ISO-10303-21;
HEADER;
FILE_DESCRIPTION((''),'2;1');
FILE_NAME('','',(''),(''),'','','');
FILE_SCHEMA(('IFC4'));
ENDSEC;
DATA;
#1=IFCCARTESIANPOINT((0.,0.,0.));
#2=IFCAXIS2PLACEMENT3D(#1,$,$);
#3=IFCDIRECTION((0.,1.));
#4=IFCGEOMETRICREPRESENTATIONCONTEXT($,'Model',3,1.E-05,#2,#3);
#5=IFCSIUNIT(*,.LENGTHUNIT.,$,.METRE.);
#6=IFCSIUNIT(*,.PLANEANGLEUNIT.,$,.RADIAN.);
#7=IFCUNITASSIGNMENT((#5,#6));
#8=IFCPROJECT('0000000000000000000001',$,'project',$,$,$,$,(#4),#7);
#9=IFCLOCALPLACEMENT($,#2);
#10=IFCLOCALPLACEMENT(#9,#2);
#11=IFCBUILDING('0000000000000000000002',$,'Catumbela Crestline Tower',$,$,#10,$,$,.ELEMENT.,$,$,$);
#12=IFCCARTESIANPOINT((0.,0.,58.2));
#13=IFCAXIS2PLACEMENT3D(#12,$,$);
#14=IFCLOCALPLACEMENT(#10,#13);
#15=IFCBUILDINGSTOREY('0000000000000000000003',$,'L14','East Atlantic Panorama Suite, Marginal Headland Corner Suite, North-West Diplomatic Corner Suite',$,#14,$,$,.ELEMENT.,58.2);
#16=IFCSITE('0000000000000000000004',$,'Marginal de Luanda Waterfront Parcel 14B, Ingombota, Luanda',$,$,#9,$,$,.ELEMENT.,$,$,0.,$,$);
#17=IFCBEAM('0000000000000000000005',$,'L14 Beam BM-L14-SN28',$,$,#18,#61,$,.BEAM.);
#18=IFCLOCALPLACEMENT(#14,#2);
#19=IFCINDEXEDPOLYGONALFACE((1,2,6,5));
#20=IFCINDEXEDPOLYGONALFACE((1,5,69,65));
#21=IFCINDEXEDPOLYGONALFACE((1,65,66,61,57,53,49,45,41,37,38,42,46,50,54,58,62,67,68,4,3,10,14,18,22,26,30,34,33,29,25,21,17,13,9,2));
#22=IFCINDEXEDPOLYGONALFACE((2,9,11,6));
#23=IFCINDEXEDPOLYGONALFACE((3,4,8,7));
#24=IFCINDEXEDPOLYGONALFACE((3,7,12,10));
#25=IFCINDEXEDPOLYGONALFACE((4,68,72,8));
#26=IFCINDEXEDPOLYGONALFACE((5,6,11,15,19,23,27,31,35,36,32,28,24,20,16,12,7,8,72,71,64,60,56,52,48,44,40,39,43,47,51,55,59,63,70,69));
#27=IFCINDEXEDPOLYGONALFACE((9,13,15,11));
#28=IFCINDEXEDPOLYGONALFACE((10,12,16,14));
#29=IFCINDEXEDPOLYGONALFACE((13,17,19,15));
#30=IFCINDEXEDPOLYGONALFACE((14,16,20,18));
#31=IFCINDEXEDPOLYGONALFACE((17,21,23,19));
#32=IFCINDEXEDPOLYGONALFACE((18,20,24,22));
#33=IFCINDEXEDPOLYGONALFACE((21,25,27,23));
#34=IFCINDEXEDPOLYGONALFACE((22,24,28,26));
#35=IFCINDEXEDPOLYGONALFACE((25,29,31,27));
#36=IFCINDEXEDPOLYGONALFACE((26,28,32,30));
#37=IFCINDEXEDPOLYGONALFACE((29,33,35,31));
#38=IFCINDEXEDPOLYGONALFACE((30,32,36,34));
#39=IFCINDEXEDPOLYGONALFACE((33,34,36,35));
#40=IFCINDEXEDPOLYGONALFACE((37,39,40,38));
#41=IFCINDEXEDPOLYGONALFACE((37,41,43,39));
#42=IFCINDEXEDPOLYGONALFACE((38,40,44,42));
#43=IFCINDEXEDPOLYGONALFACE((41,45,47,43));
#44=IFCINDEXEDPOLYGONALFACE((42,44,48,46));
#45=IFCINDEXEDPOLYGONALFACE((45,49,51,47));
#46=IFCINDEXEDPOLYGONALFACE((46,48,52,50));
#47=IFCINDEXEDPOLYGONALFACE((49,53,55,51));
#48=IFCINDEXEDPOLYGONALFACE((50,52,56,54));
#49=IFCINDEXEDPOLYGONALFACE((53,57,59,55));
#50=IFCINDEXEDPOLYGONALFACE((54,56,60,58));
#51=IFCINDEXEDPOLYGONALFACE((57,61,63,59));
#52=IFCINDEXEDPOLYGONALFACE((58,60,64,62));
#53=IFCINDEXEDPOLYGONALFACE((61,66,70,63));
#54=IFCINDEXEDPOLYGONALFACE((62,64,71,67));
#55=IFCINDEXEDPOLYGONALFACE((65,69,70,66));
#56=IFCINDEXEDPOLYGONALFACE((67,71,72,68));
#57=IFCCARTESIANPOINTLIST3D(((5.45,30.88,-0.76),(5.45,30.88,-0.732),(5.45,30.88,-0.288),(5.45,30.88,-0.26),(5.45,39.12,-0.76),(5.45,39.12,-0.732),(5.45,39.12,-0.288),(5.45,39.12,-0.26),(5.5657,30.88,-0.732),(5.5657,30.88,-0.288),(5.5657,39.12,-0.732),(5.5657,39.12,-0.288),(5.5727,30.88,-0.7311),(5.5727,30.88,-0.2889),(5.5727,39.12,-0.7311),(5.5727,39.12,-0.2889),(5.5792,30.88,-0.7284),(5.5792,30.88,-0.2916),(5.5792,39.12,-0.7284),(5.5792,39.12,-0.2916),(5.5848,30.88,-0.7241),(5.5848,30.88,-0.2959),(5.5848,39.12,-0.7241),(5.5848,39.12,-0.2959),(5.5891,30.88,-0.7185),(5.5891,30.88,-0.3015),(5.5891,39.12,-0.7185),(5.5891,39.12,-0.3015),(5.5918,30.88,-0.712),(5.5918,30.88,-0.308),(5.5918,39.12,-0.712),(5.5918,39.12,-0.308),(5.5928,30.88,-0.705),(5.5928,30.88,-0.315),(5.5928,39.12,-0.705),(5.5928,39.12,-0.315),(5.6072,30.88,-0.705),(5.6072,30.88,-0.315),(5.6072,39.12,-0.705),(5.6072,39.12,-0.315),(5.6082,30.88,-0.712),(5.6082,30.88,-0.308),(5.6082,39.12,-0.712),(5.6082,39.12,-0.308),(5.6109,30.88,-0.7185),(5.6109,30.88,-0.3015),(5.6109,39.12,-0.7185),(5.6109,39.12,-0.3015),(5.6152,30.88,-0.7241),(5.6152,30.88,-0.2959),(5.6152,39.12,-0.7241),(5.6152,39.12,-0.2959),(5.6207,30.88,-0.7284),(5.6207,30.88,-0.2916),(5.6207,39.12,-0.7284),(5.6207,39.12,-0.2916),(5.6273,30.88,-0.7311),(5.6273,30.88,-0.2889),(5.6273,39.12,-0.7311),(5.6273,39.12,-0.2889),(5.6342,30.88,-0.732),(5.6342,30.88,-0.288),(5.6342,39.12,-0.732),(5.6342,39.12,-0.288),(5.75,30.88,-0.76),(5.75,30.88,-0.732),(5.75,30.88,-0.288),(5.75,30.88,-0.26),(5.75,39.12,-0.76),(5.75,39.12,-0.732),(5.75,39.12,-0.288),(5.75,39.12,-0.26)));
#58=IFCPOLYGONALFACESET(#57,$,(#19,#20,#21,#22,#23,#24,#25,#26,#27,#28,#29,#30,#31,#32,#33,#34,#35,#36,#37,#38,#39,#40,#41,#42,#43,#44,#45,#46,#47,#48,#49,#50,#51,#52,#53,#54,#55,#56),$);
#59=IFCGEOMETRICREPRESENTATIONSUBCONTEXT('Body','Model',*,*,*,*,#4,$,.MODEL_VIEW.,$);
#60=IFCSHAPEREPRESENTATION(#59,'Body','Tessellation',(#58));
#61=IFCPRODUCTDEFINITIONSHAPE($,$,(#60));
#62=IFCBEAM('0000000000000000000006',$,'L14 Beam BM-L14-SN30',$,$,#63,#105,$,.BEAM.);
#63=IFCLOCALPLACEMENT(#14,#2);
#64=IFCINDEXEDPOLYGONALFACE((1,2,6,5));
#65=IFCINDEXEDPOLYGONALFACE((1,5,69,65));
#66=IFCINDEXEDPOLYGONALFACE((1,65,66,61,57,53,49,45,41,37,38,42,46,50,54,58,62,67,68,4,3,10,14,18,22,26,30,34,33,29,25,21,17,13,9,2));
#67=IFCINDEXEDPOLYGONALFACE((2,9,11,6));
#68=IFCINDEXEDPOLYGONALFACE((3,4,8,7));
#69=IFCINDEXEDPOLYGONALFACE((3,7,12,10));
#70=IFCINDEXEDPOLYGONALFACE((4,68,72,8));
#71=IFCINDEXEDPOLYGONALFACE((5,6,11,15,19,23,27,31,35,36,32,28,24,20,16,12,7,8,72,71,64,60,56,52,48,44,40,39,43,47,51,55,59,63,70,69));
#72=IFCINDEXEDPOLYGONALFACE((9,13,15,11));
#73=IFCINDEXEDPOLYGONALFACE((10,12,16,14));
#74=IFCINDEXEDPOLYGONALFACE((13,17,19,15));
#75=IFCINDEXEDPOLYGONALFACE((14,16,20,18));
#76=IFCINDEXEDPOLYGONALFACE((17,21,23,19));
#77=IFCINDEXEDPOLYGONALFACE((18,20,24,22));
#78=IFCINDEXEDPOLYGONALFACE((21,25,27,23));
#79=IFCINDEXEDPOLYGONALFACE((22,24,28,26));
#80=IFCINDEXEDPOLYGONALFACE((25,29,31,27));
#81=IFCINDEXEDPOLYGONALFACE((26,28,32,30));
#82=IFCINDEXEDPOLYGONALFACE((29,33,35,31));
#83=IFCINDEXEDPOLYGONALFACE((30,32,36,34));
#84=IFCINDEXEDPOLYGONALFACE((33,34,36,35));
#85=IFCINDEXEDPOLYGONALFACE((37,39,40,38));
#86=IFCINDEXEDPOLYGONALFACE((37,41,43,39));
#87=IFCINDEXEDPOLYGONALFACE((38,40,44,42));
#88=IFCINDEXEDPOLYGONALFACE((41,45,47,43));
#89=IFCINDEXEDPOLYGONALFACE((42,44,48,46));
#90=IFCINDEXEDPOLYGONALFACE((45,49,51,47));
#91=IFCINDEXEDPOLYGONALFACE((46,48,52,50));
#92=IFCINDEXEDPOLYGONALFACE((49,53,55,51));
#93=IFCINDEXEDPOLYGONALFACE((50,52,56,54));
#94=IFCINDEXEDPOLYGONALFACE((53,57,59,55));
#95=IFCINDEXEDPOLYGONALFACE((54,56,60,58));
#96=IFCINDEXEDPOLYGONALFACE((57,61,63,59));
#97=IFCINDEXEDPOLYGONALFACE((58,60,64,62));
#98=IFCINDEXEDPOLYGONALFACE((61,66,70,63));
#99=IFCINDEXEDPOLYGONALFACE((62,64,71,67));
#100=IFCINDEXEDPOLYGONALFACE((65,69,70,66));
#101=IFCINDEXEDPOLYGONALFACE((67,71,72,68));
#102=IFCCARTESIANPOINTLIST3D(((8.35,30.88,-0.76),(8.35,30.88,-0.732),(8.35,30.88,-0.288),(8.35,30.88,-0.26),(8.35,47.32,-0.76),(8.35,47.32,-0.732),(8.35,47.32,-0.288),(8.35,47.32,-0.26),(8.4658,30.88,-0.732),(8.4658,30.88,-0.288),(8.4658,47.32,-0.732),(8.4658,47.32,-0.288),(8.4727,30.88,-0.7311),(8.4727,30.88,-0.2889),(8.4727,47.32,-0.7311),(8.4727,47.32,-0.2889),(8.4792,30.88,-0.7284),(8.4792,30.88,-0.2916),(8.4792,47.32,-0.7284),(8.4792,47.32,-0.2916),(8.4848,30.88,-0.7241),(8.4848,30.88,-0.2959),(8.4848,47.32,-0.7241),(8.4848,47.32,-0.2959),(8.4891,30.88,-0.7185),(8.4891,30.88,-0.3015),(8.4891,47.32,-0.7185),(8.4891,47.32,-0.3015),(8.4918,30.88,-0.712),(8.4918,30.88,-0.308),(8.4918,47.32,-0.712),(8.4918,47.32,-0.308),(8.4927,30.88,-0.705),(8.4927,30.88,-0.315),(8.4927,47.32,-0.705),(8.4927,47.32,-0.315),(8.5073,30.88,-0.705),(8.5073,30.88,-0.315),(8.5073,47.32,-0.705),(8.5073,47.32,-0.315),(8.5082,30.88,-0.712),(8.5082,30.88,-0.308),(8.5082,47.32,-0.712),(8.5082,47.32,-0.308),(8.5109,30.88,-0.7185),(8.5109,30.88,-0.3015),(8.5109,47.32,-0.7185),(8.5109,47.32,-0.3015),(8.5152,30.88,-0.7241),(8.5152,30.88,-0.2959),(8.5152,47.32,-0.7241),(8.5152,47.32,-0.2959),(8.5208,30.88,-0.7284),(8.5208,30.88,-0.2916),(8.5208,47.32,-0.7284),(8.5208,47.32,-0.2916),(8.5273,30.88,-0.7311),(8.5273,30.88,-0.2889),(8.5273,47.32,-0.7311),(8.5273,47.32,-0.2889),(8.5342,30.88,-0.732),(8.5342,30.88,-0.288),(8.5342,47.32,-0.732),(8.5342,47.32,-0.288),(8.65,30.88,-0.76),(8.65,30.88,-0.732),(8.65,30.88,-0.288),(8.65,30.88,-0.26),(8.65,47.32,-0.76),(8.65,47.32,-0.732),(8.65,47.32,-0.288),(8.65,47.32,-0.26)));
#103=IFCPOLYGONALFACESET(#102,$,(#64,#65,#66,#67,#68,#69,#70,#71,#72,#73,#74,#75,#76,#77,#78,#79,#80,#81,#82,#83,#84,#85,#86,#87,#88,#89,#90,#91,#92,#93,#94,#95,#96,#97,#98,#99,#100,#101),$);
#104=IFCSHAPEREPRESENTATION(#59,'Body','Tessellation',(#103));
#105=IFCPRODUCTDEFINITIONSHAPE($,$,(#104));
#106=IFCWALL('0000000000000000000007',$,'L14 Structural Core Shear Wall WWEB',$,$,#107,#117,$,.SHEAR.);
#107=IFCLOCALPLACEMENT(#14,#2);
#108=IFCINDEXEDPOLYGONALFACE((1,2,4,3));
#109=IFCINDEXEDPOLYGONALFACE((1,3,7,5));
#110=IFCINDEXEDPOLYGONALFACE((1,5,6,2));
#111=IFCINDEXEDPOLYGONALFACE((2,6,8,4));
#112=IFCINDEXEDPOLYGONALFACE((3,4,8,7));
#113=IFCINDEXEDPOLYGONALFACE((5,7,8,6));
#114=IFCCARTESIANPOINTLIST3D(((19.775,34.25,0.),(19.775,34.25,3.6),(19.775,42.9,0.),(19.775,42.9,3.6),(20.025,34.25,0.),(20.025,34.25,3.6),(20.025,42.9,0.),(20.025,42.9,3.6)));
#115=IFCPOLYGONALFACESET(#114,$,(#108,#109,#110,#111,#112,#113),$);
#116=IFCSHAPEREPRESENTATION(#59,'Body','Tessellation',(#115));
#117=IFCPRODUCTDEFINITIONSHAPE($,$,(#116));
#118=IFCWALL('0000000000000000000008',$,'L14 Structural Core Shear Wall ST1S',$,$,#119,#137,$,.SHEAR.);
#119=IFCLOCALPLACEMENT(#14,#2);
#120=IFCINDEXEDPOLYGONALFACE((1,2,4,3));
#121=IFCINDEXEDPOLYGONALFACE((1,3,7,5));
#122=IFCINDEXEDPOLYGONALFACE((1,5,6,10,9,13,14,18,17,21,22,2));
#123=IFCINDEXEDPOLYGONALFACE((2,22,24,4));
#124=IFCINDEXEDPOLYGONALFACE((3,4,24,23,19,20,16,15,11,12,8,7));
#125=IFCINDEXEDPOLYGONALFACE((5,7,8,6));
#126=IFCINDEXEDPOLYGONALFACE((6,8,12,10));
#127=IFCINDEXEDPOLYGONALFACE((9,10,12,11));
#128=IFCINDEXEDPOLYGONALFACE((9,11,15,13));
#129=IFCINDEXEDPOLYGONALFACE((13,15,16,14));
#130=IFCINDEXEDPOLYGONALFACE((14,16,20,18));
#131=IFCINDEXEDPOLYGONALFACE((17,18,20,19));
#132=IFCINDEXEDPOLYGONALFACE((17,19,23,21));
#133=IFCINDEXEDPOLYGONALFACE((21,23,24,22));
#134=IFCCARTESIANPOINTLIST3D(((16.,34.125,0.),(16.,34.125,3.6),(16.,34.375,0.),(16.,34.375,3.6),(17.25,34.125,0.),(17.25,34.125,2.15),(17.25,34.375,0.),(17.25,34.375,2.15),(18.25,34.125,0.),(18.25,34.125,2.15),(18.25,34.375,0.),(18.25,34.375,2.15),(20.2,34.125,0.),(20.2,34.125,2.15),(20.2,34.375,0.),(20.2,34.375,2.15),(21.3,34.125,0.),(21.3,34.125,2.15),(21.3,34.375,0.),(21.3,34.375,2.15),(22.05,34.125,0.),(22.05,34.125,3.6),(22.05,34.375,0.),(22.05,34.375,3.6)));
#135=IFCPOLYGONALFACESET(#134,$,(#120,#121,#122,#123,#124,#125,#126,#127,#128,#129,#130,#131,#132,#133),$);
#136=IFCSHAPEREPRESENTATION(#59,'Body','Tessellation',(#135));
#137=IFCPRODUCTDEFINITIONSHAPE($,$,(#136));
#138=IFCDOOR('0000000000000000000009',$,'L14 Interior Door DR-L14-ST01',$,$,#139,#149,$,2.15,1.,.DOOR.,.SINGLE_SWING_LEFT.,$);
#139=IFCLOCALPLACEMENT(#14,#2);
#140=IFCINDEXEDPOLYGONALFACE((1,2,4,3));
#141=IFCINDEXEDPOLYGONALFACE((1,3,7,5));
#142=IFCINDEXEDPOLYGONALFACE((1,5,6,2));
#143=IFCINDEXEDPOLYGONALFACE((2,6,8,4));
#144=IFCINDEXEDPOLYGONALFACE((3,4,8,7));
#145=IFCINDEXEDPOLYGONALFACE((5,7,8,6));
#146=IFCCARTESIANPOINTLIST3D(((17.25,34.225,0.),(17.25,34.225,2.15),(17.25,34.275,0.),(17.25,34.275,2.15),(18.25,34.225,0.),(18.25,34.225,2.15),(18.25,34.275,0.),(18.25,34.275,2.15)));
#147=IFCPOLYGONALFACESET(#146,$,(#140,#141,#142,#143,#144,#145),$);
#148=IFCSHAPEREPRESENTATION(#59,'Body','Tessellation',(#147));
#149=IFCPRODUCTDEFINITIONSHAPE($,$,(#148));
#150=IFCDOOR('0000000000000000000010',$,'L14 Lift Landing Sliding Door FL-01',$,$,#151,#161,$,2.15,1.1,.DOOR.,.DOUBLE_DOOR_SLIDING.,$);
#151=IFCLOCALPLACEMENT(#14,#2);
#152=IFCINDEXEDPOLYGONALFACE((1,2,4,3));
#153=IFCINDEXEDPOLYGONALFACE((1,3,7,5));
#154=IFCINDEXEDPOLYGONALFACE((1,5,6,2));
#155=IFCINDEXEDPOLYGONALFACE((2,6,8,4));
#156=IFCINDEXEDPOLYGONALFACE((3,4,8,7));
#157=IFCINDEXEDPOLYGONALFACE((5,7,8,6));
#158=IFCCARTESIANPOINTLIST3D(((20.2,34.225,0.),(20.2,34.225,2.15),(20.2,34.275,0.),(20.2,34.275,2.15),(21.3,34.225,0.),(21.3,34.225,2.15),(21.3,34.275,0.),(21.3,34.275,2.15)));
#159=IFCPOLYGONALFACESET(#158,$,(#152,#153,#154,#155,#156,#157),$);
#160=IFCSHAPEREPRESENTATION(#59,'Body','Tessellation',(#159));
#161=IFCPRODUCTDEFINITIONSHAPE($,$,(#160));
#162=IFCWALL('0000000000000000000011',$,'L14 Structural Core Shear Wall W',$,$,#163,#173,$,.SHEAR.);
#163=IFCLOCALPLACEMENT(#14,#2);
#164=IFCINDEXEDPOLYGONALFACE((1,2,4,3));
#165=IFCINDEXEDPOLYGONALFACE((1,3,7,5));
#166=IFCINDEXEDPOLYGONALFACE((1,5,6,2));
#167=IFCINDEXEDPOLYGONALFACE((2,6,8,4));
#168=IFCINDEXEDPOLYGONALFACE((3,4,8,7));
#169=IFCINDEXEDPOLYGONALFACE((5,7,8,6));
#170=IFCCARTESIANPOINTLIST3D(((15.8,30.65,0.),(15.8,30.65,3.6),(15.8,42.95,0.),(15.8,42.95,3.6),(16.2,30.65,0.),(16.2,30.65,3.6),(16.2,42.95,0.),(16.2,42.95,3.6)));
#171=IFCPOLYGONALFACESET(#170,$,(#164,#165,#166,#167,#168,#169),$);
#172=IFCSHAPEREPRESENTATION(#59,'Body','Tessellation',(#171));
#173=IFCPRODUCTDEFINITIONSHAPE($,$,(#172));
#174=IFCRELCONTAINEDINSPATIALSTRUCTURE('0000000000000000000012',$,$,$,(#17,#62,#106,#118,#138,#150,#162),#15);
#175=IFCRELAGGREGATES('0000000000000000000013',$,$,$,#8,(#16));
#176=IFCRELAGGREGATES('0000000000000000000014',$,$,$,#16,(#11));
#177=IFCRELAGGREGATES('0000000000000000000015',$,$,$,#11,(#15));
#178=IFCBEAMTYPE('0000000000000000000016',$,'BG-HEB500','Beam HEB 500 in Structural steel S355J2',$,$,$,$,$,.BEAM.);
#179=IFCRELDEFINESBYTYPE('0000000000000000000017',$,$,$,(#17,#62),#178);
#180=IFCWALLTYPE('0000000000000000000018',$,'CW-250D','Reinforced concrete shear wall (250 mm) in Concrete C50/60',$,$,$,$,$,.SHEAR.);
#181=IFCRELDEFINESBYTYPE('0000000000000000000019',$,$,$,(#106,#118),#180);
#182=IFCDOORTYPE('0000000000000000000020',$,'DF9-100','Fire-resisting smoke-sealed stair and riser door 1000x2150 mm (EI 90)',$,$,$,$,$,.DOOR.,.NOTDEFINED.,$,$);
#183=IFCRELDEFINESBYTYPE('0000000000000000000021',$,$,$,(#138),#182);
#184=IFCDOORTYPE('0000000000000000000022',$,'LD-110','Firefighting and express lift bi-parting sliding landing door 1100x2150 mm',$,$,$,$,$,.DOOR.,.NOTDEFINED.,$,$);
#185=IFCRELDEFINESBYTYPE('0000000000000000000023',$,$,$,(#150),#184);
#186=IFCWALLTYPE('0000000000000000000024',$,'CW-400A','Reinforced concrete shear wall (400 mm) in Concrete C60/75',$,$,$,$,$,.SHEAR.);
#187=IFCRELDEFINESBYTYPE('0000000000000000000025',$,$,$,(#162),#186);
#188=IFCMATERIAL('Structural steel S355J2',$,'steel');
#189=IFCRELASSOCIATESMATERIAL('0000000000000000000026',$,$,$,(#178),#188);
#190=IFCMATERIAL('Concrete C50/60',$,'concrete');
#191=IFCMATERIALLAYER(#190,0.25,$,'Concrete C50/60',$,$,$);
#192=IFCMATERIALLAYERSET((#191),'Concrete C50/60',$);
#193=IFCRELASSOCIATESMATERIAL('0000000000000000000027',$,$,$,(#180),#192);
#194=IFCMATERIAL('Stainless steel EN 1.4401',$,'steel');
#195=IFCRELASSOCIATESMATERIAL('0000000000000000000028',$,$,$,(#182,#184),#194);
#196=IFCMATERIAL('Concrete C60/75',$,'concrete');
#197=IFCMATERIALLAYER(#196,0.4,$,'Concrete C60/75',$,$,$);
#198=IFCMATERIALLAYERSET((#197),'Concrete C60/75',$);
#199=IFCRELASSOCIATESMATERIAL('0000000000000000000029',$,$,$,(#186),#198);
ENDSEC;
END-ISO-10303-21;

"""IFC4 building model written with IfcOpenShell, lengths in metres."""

from ifc_helpers import new_model, si_unit, direction, frame, frame_2d, origin, origin_2d, place, context, subcontext, project, spatial, rectangle, i_section, extrude, material, layer, layer_set, material_profile, profile_set, type_object, element, fill, save


model = new_model("IFC4")

# Units and contexts
model_context = context("Model", 3, precision=1e-05, world=origin(), true_north=direction((0.0, 1.0)))
body_context = subcontext(model_context, "Body", "Model", "MODEL_VIEW")
ifc_project = project(units=[si_unit("LENGTHUNIT", "METRE"), si_unit("PLANEANGLEUNIT", "RADIAN")], contexts=[model_context])

# Site, building, storey
site_placement = place(None, origin())
site = spatial("IfcSite", under=ifc_project, at=site_placement, Name="Marginal de Luanda Waterfront Parcel 14B, Ingombota, Luanda", CompositionType="ELEMENT", RefElevation=0.0)
building_placement = place(site_placement, origin())
building = spatial("IfcBuilding", under=site, at=building_placement, Name="Catumbela Crestline Tower", CompositionType="ELEMENT")
storey_placement = place(building_placement, frame((0.0, 0.0, 58.2)))
storey = spatial("IfcBuildingStorey", under=building, at=storey_placement, Name="L14", Description="East Atlantic Panorama Suite, Marginal Headland Corner Suite, North-West Diplomatic Corner Suite", CompositionType="ELEMENT", Elevation=58.2)

# Beams
ifc_material_1 = material(Name="Structural steel S355J2", Category="steel")
ifc_material_profile_1 = material_profile(ifc_material_1, i_section(OverallWidth=0.3, OverallDepth=0.5, WebThickness=0.0145, FlangeThickness=0.028, FilletRadius=0.027, at=origin_2d()), Name="HEB 500")
ifc_profile_set_1 = profile_set([ifc_material_profile_1], Name="Structural steel S355J2")
beam_type = type_object("IfcBeamType", Name="BG-HEB500", Description="Beam HEB 500 in Structural steel S355J2", PredefinedType="BEAM", material=ifc_profile_set_1)
beam_1_placement = place(storey_placement, frame((5.6, 30.88, -0.51), z_axis=(0.0, 1.0, 0.0), x_axis=(-1.0, 0.0, 0.0)))
element("IfcBeam", 1, at=beam_1_placement, inside=storey, type_object=beam_type, Name="L14 Beam BM-L14-SN28", PredefinedType="BEAM", context=body_context, shape_type="SweptSolid", body=[
    extrude(i_section(OverallWidth=0.3, OverallDepth=0.5, WebThickness=0.0145, FlangeThickness=0.028, FilletRadius=0.027, at=origin_2d()), origin(), (0.0, 0.0, 1.0), 8.24),
])
beam_2_placement = place(storey_placement, frame((8.5, 30.88, -0.51), z_axis=(0.0, 1.0, 0.0), x_axis=(-1.0, 0.0, 0.0)))
element("IfcBeam", 2, at=beam_2_placement, inside=storey, type_object=beam_type, Name="L14 Beam BM-L14-SN30", PredefinedType="BEAM", context=body_context, shape_type="SweptSolid", body=[
    extrude(i_section(OverallWidth=0.3, OverallDepth=0.5, WebThickness=0.0145, FlangeThickness=0.028, FilletRadius=0.027, at=origin_2d()), origin(), (0.0, 0.0, 1.0), 16.44),
])

# Wall
ifc_material_2 = material(Name="Concrete C50/60", Category="concrete")
ifc_layer_1 = layer(ifc_material_2, 0.25, Name="Concrete C50/60")
ifc_layer_set_1 = layer_set([ifc_layer_1], Name="Concrete C50/60")
wall_type_1 = type_object("IfcWallType", Name="CW-250D", Description="Reinforced concrete shear wall (250 mm) in Concrete C50/60", PredefinedType="SHEAR", material=ifc_layer_set_1)
wall_1_placement = place(storey_placement, frame((19.9, 34.25, 0.0), z_axis=(0.0, 0.0, 1.0), x_axis=(0.0, 1.0, 0.0)))
element("IfcWall", 3, at=wall_1_placement, inside=storey, type_object=wall_type_1, Name="L14 Structural Core Shear Wall WWEB", PredefinedType="SHEAR", context=body_context, shape_type="SweptSolid", body=[
    extrude(rectangle(XDim=8.65, YDim=0.25, at=frame_2d((4.325, 0.0))), origin(), (0.0, 0.0, 1.0), 3.6),
])

# Wall, openings, doors
wall_2_placement = place(storey_placement, frame((16.0, 34.25, 0.0), z_axis=(0.0, 0.0, 1.0), x_axis=(1.0, 0.0, 0.0)))
wall_2 = element("IfcWall", 4, at=wall_2_placement, inside=storey, type_object=wall_type_1, Name="L14 Structural Core Shear Wall ST1S", PredefinedType="SHEAR", context=body_context, shape_type="SweptSolid", body=[
    extrude(rectangle(XDim=6.05, YDim=0.25, at=frame_2d((3.025, 0.0))), origin(), (0.0, 0.0, 1.0), 3.6),
])
opening_1_placement = place(wall_2_placement, frame((1.25, 0.0, 0.0)))
opening_1 = element("IfcOpeningElement", 5, at=opening_1_placement, cuts=wall_2, PredefinedType="OPENING", context=body_context, shape_type="SweptSolid", body=[
    extrude(rectangle(XDim=1.0, YDim=2.15, at=frame_2d((0.5, 1.075))), frame((0.0, 0.135, 0.0), z_axis=(0.0, -1.0, 0.0), x_axis=(1.0, 0.0, 0.0)), (0.0, 0.0, 1.0), 0.27),
])
opening_2_placement = place(wall_2_placement, frame((4.2, 0.0, 0.0)))
opening_2 = element("IfcOpeningElement", 6, at=opening_2_placement, cuts=wall_2, PredefinedType="OPENING", context=body_context, shape_type="SweptSolid", body=[
    extrude(rectangle(XDim=1.1, YDim=2.15, at=frame_2d((0.55, 1.075))), frame((0.0, 0.135, 0.0), z_axis=(0.0, -1.0, 0.0), x_axis=(1.0, 0.0, 0.0)), (0.0, 0.0, 1.0), 0.27),
])
ifc_material_3 = material(Name="Stainless steel EN 1.4401", Category="steel")
door_type_1 = type_object("IfcDoorType", Name="DF9-100", Description="Fire-resisting smoke-sealed stair and riser door 1000x2150 mm (EI 90)", OperationType="NOTDEFINED", PredefinedType="DOOR", material=ifc_material_3)
door_1_placement = place(opening_1_placement, origin())
door_1 = element("IfcDoor", 7, at=door_1_placement, inside=storey, type_object=door_type_1, Name="L14 Interior Door DR-L14-ST01", OperationType="SINGLE_SWING_LEFT", OverallHeight=2.15, OverallWidth=1.0, PredefinedType="DOOR", context=body_context, shape_type="SweptSolid", body=[
    extrude(rectangle(XDim=1.0, YDim=2.15, at=frame_2d((0.5, 1.075))), frame((0.0, 0.025, 0.0), z_axis=(0.0, -1.0, 0.0), x_axis=(1.0, 0.0, 0.0)), (0.0, 0.0, 1.0), 0.05),
])
fill(opening_1, door_1)
door_type_2 = type_object("IfcDoorType", Name="LD-110", Description="Firefighting and express lift bi-parting sliding landing door 1100x2150 mm", OperationType="NOTDEFINED", PredefinedType="DOOR", material=ifc_material_3)
door_2_placement = place(opening_2_placement, origin())
door_2 = element("IfcDoor", 8, at=door_2_placement, inside=storey, type_object=door_type_2, Name="L14 Lift Landing Sliding Door FL-01", OperationType="DOUBLE_DOOR_SLIDING", OverallHeight=2.15, OverallWidth=1.1, PredefinedType="DOOR", context=body_context, shape_type="SweptSolid", body=[
    extrude(rectangle(XDim=1.1, YDim=2.15, at=frame_2d((0.55, 1.075))), frame((0.0, 0.025, 0.0), z_axis=(0.0, -1.0, 0.0), x_axis=(1.0, 0.0, 0.0)), (0.0, 0.0, 1.0), 0.05),
])
fill(opening_2, door_2)

# Wall
ifc_material_4 = material(Name="Concrete C60/75", Category="concrete")
ifc_layer_2 = layer(ifc_material_4, 0.4, Name="Concrete C60/75")
ifc_layer_set_2 = layer_set([ifc_layer_2], Name="Concrete C60/75")
wall_type_2 = type_object("IfcWallType", Name="CW-400A", Description="Reinforced concrete shear wall (400 mm) in Concrete C60/75", PredefinedType="SHEAR", material=ifc_layer_set_2)
wall_3_placement = place(storey_placement, frame((16.0, 30.65, 0.0), z_axis=(0.0, 0.0, 1.0), x_axis=(0.0, 1.0, 0.0)))
element("IfcWall", 9, at=wall_3_placement, inside=storey, type_object=wall_type_2, Name="L14 Structural Core Shear Wall W", PredefinedType="SHEAR", context=body_context, shape_type="SweptSolid", body=[
    extrude(rectangle(XDim=12.3, YDim=0.4, at=frame_2d((6.15, 0.0))), origin(), (0.0, 0.0, 1.0), 3.6),
])

save(model, "model.ifc")
